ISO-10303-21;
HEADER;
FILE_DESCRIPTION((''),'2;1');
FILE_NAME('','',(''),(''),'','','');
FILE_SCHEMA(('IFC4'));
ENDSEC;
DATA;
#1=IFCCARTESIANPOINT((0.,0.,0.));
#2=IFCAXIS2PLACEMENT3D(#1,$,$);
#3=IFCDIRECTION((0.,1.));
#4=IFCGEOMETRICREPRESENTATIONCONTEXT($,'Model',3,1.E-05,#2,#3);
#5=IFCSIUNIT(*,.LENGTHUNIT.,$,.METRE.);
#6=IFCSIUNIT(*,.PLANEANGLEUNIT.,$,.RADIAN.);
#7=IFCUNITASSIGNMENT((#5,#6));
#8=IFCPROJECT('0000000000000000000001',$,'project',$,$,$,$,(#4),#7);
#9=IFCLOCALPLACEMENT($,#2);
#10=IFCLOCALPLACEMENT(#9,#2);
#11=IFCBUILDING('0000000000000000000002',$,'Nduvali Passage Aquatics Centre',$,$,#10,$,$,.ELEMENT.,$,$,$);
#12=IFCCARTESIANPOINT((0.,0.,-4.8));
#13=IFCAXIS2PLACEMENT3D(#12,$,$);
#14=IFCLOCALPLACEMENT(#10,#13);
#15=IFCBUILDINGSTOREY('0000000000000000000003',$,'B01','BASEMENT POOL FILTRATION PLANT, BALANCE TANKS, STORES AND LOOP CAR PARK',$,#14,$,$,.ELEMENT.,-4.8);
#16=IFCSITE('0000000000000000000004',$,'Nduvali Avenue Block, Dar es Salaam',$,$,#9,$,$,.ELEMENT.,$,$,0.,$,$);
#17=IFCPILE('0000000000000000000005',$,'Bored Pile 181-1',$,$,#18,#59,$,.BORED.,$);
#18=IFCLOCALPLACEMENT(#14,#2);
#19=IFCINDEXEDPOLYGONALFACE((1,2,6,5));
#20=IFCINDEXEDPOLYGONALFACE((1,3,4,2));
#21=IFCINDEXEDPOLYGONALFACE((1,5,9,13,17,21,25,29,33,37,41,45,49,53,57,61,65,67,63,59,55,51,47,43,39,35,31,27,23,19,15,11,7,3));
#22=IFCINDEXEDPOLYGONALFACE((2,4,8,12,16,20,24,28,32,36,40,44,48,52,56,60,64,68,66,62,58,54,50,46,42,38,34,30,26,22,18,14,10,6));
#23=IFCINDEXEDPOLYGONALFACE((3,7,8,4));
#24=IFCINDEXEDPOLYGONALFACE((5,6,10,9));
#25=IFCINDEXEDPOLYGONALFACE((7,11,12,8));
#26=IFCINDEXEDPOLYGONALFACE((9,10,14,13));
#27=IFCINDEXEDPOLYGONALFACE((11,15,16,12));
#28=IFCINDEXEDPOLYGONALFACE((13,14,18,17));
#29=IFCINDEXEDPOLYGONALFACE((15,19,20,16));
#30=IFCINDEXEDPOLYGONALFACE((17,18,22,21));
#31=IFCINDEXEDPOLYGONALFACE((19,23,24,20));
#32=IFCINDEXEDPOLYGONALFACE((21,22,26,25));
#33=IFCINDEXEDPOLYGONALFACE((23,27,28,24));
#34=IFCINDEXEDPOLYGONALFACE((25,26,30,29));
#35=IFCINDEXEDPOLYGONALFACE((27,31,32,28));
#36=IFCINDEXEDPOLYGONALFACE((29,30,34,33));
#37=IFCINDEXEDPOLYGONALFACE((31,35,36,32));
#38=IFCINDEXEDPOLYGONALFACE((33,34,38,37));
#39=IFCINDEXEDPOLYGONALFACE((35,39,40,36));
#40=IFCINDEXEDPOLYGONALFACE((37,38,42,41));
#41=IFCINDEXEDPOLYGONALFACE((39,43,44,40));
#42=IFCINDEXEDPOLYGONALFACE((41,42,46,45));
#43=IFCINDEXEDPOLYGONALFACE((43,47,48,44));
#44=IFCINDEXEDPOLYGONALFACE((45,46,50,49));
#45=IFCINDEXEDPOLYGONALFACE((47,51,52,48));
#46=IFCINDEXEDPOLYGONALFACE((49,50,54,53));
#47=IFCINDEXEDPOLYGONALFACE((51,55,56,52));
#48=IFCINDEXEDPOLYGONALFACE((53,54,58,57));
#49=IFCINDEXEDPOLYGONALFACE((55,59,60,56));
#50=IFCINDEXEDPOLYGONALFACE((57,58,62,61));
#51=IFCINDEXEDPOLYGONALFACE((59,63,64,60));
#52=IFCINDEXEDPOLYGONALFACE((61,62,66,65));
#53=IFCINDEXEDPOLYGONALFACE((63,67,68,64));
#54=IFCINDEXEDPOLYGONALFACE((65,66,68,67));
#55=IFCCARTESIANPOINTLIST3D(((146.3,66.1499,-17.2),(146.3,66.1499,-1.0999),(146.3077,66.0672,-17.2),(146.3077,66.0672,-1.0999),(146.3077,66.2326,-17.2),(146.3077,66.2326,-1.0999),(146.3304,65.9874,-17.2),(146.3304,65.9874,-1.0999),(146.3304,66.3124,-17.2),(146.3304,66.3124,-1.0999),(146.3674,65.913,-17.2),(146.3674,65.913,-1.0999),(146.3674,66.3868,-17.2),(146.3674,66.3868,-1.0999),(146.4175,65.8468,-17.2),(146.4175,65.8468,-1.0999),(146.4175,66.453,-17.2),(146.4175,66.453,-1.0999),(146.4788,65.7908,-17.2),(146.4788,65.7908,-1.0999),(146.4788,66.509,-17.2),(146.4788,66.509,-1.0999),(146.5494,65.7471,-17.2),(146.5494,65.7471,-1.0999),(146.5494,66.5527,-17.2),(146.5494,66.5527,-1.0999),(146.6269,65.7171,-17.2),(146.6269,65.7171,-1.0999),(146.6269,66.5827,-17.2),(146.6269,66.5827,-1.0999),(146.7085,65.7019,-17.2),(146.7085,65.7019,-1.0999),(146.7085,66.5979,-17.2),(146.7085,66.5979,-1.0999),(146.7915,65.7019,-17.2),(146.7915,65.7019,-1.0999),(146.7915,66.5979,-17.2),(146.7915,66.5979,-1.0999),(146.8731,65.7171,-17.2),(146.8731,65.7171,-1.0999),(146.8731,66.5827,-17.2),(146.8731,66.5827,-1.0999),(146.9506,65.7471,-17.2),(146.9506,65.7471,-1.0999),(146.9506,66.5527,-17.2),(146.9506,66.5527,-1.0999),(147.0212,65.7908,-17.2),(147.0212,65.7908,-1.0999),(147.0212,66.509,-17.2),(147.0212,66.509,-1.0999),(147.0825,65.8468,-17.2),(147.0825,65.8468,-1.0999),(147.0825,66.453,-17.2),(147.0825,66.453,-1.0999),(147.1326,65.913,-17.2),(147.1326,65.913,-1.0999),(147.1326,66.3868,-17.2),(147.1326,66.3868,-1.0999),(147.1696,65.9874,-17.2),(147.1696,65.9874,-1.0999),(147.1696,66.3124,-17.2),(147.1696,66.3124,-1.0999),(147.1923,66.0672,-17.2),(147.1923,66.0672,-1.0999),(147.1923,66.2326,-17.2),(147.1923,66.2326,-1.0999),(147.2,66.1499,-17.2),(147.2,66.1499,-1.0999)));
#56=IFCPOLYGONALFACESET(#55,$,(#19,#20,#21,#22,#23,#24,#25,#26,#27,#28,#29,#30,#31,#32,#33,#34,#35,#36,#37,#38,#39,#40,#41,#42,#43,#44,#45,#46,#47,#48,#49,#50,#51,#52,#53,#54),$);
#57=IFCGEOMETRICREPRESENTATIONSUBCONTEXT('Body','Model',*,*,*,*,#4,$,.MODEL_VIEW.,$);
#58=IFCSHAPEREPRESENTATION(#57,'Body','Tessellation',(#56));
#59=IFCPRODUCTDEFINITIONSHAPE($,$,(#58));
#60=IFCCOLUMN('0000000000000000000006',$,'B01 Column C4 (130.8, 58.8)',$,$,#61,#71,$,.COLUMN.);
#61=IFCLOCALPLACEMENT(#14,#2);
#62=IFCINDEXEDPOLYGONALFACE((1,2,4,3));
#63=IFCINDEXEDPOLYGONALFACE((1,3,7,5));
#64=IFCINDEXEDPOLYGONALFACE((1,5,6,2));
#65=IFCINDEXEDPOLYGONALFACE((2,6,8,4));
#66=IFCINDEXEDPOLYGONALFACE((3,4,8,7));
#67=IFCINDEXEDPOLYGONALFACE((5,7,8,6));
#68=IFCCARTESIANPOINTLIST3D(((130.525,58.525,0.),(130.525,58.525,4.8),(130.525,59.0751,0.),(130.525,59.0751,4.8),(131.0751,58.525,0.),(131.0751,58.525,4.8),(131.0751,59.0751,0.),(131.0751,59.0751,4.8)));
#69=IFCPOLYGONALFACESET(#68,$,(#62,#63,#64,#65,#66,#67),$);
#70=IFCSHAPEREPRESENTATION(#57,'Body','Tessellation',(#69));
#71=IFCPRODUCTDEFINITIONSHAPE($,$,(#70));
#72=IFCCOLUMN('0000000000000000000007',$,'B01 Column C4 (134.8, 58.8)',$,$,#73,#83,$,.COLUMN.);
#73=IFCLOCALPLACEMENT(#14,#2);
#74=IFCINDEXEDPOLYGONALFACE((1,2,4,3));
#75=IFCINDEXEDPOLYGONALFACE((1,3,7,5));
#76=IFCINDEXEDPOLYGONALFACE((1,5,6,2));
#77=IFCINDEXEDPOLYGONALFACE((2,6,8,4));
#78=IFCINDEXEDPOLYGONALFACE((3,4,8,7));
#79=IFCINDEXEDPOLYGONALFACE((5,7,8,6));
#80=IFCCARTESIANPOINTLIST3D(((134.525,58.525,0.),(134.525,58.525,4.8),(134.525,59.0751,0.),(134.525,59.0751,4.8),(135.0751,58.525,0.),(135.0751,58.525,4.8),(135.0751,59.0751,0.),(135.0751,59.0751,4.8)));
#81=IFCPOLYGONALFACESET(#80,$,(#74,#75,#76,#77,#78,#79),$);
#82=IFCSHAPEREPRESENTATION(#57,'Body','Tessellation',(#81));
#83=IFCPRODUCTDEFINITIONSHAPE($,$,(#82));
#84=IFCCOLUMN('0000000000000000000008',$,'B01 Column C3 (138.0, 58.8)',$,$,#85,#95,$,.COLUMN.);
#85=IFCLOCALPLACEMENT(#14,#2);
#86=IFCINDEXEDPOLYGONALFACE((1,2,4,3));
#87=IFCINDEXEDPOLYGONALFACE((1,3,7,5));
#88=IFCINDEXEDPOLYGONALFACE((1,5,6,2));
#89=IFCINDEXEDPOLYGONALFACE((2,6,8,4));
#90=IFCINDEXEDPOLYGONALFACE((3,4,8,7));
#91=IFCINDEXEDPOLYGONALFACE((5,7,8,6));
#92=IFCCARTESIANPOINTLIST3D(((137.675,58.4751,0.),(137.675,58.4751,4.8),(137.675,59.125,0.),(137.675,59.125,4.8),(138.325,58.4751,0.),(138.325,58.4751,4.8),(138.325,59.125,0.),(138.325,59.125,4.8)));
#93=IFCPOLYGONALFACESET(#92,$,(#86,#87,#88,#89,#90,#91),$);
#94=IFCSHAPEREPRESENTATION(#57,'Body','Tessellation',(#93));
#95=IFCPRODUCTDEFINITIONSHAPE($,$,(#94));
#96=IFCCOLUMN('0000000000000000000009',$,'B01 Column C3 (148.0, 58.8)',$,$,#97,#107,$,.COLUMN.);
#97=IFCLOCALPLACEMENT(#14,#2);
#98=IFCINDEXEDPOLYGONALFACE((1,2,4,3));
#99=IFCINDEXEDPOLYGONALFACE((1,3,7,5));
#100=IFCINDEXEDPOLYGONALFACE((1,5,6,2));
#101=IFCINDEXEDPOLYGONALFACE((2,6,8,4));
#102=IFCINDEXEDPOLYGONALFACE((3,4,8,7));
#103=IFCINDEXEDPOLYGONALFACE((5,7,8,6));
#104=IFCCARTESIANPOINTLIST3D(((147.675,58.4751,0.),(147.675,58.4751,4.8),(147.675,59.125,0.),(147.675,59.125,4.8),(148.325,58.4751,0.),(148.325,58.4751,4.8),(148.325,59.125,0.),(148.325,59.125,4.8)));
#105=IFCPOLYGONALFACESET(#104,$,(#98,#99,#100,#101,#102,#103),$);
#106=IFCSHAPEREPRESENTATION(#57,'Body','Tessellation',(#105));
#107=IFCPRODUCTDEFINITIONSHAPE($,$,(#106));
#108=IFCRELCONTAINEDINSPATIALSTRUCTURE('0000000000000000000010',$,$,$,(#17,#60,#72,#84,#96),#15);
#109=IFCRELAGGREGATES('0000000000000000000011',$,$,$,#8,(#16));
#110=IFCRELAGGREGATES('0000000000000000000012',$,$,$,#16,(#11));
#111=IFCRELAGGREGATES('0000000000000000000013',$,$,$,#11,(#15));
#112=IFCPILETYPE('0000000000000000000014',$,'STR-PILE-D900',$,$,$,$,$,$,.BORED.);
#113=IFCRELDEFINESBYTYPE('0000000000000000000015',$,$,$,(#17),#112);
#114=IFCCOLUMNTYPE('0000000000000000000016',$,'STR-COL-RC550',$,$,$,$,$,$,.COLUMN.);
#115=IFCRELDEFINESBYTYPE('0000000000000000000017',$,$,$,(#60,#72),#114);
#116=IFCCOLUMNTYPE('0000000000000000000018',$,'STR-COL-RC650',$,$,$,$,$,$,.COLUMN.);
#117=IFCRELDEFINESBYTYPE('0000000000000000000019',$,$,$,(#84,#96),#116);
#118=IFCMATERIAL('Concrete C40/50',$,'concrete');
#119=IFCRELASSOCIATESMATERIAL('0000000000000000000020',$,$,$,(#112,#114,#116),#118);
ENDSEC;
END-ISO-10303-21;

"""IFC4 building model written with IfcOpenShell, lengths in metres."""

from ifc_helpers import new_model, si_unit, direction, frame, origin, origin_2d, place, context, subcontext, project, spatial, rectangle, circle, extrude, material, material_profile, profile_set, type_object, element, save


model = new_model("IFC4")

# Units and contexts
model_context = context("Model", 3, precision=1e-05, world=origin(), true_north=direction((0.0, 1.0)))
body_context = subcontext(model_context, "Body", "Model", "MODEL_VIEW")
ifc_project = project(units=[si_unit("LENGTHUNIT", "METRE"), si_unit("PLANEANGLEUNIT", "RADIAN")], contexts=[model_context])

# Site, building, storey
site_placement = place(None, origin())
site = spatial("IfcSite", under=ifc_project, at=site_placement, Name="Nduvali Avenue Block, Dar es Salaam", CompositionType="ELEMENT", RefElevation=0.0)
building_placement = place(site_placement, origin())
building = spatial("IfcBuilding", under=site, at=building_placement, Name="Nduvali Passage Aquatics Centre", CompositionType="ELEMENT")
storey_placement = place(building_placement, frame((0.0, 0.0, -4.8)))
storey = spatial("IfcBuildingStorey", under=building, at=storey_placement, Name="B01", Description="BASEMENT POOL FILTRATION PLANT, BALANCE TANKS, STORES AND LOOP CAR PARK", CompositionType="ELEMENT", Elevation=-4.8)

# Shared definitions
ifc_material = material(Name="Concrete C40/50", Category="concrete")

# Pile
ifc_material_profile_1 = material_profile(ifc_material, circle(Radius=0.45, at=origin_2d()), Name="PILE D900")
ifc_profile_set_1 = profile_set([ifc_material_profile_1], Name="Concrete C40/50")
pile_type = type_object("IfcPileType", Name="STR-PILE-D900", PredefinedType="BORED", material=ifc_profile_set_1)
pile_1_placement = place(storey_placement, frame((146.75, 66.1499, -1.0999), z_axis=(0.0, 0.0, -1.0), x_axis=(1.0, 0.0, 0.0)))
element("IfcPile", 1, at=pile_1_placement, inside=storey, type_object=pile_type, Name="Bored Pile 181-1", PredefinedType="BORED", context=body_context, shape_type="SweptSolid", body=[
    extrude(circle(Radius=0.45, at=origin_2d()), origin(), (0.0, 0.0, 1.0), 16.1001),
])

# Columns
ifc_material_profile_2 = material_profile(ifc_material, rectangle(XDim=0.55, YDim=0.55, at=origin_2d()), Name="RC 550x550")
ifc_profile_set_2 = profile_set([ifc_material_profile_2], Name="Concrete C40/50")
column_type_1 = type_object("IfcColumnType", Name="STR-COL-RC550", PredefinedType="COLUMN", material=ifc_profile_set_2)
for number, where, z_axis, x_axis, name in (
    (2, (130.8, 58.8, 0.0), (0.0, 0.0, 1.0), (1.0, 0.0, 0.0), "B01 Column C4 (130.8, 58.8)"),
    (3, (134.8, 58.8, 0.0), (0.0, 0.0, 1.0), (1.0, 0.0, 0.0), "B01 Column C4 (134.8, 58.8)"),
):
    element("IfcColumn", number, at=place(storey_placement, frame(where, z_axis=z_axis, x_axis=x_axis)), inside=storey, type_object=column_type_1, Name=name, PredefinedType="COLUMN", context=body_context, shape_type="SweptSolid", body=[
        extrude(rectangle(XDim=0.55, YDim=0.55, at=origin_2d()), origin(), (0.0, 0.0, 1.0), 4.8),
    ])
ifc_material_profile_3 = material_profile(ifc_material, rectangle(XDim=0.6499, YDim=0.6499, at=origin_2d()), Name="RC 650x650")
ifc_profile_set_3 = profile_set([ifc_material_profile_3], Name="Concrete C40/50")
column_type_2 = type_object("IfcColumnType", Name="STR-COL-RC650", PredefinedType="COLUMN", material=ifc_profile_set_3)
for number, where, z_axis, x_axis, name in (
    (4, (138.0, 58.8, 0.0), (0.0, 0.0, 1.0), (1.0, 0.0, 0.0), "B01 Column C3 (138.0, 58.8)"),
    (5, (148.0, 58.8, 0.0), (0.0, 0.0, 1.0), (1.0, 0.0, 0.0), "B01 Column C3 (148.0, 58.8)"),
):
    element("IfcColumn", number, at=place(storey_placement, frame(where, z_axis=z_axis, x_axis=x_axis)), inside=storey, type_object=column_type_2, Name=name, PredefinedType="COLUMN", context=body_context, shape_type="SweptSolid", body=[
        extrude(rectangle(XDim=0.6499, YDim=0.6499, at=origin_2d()), origin(), (0.0, 0.0, 1.0), 4.8),
    ])

save(model, "model.ifc")
